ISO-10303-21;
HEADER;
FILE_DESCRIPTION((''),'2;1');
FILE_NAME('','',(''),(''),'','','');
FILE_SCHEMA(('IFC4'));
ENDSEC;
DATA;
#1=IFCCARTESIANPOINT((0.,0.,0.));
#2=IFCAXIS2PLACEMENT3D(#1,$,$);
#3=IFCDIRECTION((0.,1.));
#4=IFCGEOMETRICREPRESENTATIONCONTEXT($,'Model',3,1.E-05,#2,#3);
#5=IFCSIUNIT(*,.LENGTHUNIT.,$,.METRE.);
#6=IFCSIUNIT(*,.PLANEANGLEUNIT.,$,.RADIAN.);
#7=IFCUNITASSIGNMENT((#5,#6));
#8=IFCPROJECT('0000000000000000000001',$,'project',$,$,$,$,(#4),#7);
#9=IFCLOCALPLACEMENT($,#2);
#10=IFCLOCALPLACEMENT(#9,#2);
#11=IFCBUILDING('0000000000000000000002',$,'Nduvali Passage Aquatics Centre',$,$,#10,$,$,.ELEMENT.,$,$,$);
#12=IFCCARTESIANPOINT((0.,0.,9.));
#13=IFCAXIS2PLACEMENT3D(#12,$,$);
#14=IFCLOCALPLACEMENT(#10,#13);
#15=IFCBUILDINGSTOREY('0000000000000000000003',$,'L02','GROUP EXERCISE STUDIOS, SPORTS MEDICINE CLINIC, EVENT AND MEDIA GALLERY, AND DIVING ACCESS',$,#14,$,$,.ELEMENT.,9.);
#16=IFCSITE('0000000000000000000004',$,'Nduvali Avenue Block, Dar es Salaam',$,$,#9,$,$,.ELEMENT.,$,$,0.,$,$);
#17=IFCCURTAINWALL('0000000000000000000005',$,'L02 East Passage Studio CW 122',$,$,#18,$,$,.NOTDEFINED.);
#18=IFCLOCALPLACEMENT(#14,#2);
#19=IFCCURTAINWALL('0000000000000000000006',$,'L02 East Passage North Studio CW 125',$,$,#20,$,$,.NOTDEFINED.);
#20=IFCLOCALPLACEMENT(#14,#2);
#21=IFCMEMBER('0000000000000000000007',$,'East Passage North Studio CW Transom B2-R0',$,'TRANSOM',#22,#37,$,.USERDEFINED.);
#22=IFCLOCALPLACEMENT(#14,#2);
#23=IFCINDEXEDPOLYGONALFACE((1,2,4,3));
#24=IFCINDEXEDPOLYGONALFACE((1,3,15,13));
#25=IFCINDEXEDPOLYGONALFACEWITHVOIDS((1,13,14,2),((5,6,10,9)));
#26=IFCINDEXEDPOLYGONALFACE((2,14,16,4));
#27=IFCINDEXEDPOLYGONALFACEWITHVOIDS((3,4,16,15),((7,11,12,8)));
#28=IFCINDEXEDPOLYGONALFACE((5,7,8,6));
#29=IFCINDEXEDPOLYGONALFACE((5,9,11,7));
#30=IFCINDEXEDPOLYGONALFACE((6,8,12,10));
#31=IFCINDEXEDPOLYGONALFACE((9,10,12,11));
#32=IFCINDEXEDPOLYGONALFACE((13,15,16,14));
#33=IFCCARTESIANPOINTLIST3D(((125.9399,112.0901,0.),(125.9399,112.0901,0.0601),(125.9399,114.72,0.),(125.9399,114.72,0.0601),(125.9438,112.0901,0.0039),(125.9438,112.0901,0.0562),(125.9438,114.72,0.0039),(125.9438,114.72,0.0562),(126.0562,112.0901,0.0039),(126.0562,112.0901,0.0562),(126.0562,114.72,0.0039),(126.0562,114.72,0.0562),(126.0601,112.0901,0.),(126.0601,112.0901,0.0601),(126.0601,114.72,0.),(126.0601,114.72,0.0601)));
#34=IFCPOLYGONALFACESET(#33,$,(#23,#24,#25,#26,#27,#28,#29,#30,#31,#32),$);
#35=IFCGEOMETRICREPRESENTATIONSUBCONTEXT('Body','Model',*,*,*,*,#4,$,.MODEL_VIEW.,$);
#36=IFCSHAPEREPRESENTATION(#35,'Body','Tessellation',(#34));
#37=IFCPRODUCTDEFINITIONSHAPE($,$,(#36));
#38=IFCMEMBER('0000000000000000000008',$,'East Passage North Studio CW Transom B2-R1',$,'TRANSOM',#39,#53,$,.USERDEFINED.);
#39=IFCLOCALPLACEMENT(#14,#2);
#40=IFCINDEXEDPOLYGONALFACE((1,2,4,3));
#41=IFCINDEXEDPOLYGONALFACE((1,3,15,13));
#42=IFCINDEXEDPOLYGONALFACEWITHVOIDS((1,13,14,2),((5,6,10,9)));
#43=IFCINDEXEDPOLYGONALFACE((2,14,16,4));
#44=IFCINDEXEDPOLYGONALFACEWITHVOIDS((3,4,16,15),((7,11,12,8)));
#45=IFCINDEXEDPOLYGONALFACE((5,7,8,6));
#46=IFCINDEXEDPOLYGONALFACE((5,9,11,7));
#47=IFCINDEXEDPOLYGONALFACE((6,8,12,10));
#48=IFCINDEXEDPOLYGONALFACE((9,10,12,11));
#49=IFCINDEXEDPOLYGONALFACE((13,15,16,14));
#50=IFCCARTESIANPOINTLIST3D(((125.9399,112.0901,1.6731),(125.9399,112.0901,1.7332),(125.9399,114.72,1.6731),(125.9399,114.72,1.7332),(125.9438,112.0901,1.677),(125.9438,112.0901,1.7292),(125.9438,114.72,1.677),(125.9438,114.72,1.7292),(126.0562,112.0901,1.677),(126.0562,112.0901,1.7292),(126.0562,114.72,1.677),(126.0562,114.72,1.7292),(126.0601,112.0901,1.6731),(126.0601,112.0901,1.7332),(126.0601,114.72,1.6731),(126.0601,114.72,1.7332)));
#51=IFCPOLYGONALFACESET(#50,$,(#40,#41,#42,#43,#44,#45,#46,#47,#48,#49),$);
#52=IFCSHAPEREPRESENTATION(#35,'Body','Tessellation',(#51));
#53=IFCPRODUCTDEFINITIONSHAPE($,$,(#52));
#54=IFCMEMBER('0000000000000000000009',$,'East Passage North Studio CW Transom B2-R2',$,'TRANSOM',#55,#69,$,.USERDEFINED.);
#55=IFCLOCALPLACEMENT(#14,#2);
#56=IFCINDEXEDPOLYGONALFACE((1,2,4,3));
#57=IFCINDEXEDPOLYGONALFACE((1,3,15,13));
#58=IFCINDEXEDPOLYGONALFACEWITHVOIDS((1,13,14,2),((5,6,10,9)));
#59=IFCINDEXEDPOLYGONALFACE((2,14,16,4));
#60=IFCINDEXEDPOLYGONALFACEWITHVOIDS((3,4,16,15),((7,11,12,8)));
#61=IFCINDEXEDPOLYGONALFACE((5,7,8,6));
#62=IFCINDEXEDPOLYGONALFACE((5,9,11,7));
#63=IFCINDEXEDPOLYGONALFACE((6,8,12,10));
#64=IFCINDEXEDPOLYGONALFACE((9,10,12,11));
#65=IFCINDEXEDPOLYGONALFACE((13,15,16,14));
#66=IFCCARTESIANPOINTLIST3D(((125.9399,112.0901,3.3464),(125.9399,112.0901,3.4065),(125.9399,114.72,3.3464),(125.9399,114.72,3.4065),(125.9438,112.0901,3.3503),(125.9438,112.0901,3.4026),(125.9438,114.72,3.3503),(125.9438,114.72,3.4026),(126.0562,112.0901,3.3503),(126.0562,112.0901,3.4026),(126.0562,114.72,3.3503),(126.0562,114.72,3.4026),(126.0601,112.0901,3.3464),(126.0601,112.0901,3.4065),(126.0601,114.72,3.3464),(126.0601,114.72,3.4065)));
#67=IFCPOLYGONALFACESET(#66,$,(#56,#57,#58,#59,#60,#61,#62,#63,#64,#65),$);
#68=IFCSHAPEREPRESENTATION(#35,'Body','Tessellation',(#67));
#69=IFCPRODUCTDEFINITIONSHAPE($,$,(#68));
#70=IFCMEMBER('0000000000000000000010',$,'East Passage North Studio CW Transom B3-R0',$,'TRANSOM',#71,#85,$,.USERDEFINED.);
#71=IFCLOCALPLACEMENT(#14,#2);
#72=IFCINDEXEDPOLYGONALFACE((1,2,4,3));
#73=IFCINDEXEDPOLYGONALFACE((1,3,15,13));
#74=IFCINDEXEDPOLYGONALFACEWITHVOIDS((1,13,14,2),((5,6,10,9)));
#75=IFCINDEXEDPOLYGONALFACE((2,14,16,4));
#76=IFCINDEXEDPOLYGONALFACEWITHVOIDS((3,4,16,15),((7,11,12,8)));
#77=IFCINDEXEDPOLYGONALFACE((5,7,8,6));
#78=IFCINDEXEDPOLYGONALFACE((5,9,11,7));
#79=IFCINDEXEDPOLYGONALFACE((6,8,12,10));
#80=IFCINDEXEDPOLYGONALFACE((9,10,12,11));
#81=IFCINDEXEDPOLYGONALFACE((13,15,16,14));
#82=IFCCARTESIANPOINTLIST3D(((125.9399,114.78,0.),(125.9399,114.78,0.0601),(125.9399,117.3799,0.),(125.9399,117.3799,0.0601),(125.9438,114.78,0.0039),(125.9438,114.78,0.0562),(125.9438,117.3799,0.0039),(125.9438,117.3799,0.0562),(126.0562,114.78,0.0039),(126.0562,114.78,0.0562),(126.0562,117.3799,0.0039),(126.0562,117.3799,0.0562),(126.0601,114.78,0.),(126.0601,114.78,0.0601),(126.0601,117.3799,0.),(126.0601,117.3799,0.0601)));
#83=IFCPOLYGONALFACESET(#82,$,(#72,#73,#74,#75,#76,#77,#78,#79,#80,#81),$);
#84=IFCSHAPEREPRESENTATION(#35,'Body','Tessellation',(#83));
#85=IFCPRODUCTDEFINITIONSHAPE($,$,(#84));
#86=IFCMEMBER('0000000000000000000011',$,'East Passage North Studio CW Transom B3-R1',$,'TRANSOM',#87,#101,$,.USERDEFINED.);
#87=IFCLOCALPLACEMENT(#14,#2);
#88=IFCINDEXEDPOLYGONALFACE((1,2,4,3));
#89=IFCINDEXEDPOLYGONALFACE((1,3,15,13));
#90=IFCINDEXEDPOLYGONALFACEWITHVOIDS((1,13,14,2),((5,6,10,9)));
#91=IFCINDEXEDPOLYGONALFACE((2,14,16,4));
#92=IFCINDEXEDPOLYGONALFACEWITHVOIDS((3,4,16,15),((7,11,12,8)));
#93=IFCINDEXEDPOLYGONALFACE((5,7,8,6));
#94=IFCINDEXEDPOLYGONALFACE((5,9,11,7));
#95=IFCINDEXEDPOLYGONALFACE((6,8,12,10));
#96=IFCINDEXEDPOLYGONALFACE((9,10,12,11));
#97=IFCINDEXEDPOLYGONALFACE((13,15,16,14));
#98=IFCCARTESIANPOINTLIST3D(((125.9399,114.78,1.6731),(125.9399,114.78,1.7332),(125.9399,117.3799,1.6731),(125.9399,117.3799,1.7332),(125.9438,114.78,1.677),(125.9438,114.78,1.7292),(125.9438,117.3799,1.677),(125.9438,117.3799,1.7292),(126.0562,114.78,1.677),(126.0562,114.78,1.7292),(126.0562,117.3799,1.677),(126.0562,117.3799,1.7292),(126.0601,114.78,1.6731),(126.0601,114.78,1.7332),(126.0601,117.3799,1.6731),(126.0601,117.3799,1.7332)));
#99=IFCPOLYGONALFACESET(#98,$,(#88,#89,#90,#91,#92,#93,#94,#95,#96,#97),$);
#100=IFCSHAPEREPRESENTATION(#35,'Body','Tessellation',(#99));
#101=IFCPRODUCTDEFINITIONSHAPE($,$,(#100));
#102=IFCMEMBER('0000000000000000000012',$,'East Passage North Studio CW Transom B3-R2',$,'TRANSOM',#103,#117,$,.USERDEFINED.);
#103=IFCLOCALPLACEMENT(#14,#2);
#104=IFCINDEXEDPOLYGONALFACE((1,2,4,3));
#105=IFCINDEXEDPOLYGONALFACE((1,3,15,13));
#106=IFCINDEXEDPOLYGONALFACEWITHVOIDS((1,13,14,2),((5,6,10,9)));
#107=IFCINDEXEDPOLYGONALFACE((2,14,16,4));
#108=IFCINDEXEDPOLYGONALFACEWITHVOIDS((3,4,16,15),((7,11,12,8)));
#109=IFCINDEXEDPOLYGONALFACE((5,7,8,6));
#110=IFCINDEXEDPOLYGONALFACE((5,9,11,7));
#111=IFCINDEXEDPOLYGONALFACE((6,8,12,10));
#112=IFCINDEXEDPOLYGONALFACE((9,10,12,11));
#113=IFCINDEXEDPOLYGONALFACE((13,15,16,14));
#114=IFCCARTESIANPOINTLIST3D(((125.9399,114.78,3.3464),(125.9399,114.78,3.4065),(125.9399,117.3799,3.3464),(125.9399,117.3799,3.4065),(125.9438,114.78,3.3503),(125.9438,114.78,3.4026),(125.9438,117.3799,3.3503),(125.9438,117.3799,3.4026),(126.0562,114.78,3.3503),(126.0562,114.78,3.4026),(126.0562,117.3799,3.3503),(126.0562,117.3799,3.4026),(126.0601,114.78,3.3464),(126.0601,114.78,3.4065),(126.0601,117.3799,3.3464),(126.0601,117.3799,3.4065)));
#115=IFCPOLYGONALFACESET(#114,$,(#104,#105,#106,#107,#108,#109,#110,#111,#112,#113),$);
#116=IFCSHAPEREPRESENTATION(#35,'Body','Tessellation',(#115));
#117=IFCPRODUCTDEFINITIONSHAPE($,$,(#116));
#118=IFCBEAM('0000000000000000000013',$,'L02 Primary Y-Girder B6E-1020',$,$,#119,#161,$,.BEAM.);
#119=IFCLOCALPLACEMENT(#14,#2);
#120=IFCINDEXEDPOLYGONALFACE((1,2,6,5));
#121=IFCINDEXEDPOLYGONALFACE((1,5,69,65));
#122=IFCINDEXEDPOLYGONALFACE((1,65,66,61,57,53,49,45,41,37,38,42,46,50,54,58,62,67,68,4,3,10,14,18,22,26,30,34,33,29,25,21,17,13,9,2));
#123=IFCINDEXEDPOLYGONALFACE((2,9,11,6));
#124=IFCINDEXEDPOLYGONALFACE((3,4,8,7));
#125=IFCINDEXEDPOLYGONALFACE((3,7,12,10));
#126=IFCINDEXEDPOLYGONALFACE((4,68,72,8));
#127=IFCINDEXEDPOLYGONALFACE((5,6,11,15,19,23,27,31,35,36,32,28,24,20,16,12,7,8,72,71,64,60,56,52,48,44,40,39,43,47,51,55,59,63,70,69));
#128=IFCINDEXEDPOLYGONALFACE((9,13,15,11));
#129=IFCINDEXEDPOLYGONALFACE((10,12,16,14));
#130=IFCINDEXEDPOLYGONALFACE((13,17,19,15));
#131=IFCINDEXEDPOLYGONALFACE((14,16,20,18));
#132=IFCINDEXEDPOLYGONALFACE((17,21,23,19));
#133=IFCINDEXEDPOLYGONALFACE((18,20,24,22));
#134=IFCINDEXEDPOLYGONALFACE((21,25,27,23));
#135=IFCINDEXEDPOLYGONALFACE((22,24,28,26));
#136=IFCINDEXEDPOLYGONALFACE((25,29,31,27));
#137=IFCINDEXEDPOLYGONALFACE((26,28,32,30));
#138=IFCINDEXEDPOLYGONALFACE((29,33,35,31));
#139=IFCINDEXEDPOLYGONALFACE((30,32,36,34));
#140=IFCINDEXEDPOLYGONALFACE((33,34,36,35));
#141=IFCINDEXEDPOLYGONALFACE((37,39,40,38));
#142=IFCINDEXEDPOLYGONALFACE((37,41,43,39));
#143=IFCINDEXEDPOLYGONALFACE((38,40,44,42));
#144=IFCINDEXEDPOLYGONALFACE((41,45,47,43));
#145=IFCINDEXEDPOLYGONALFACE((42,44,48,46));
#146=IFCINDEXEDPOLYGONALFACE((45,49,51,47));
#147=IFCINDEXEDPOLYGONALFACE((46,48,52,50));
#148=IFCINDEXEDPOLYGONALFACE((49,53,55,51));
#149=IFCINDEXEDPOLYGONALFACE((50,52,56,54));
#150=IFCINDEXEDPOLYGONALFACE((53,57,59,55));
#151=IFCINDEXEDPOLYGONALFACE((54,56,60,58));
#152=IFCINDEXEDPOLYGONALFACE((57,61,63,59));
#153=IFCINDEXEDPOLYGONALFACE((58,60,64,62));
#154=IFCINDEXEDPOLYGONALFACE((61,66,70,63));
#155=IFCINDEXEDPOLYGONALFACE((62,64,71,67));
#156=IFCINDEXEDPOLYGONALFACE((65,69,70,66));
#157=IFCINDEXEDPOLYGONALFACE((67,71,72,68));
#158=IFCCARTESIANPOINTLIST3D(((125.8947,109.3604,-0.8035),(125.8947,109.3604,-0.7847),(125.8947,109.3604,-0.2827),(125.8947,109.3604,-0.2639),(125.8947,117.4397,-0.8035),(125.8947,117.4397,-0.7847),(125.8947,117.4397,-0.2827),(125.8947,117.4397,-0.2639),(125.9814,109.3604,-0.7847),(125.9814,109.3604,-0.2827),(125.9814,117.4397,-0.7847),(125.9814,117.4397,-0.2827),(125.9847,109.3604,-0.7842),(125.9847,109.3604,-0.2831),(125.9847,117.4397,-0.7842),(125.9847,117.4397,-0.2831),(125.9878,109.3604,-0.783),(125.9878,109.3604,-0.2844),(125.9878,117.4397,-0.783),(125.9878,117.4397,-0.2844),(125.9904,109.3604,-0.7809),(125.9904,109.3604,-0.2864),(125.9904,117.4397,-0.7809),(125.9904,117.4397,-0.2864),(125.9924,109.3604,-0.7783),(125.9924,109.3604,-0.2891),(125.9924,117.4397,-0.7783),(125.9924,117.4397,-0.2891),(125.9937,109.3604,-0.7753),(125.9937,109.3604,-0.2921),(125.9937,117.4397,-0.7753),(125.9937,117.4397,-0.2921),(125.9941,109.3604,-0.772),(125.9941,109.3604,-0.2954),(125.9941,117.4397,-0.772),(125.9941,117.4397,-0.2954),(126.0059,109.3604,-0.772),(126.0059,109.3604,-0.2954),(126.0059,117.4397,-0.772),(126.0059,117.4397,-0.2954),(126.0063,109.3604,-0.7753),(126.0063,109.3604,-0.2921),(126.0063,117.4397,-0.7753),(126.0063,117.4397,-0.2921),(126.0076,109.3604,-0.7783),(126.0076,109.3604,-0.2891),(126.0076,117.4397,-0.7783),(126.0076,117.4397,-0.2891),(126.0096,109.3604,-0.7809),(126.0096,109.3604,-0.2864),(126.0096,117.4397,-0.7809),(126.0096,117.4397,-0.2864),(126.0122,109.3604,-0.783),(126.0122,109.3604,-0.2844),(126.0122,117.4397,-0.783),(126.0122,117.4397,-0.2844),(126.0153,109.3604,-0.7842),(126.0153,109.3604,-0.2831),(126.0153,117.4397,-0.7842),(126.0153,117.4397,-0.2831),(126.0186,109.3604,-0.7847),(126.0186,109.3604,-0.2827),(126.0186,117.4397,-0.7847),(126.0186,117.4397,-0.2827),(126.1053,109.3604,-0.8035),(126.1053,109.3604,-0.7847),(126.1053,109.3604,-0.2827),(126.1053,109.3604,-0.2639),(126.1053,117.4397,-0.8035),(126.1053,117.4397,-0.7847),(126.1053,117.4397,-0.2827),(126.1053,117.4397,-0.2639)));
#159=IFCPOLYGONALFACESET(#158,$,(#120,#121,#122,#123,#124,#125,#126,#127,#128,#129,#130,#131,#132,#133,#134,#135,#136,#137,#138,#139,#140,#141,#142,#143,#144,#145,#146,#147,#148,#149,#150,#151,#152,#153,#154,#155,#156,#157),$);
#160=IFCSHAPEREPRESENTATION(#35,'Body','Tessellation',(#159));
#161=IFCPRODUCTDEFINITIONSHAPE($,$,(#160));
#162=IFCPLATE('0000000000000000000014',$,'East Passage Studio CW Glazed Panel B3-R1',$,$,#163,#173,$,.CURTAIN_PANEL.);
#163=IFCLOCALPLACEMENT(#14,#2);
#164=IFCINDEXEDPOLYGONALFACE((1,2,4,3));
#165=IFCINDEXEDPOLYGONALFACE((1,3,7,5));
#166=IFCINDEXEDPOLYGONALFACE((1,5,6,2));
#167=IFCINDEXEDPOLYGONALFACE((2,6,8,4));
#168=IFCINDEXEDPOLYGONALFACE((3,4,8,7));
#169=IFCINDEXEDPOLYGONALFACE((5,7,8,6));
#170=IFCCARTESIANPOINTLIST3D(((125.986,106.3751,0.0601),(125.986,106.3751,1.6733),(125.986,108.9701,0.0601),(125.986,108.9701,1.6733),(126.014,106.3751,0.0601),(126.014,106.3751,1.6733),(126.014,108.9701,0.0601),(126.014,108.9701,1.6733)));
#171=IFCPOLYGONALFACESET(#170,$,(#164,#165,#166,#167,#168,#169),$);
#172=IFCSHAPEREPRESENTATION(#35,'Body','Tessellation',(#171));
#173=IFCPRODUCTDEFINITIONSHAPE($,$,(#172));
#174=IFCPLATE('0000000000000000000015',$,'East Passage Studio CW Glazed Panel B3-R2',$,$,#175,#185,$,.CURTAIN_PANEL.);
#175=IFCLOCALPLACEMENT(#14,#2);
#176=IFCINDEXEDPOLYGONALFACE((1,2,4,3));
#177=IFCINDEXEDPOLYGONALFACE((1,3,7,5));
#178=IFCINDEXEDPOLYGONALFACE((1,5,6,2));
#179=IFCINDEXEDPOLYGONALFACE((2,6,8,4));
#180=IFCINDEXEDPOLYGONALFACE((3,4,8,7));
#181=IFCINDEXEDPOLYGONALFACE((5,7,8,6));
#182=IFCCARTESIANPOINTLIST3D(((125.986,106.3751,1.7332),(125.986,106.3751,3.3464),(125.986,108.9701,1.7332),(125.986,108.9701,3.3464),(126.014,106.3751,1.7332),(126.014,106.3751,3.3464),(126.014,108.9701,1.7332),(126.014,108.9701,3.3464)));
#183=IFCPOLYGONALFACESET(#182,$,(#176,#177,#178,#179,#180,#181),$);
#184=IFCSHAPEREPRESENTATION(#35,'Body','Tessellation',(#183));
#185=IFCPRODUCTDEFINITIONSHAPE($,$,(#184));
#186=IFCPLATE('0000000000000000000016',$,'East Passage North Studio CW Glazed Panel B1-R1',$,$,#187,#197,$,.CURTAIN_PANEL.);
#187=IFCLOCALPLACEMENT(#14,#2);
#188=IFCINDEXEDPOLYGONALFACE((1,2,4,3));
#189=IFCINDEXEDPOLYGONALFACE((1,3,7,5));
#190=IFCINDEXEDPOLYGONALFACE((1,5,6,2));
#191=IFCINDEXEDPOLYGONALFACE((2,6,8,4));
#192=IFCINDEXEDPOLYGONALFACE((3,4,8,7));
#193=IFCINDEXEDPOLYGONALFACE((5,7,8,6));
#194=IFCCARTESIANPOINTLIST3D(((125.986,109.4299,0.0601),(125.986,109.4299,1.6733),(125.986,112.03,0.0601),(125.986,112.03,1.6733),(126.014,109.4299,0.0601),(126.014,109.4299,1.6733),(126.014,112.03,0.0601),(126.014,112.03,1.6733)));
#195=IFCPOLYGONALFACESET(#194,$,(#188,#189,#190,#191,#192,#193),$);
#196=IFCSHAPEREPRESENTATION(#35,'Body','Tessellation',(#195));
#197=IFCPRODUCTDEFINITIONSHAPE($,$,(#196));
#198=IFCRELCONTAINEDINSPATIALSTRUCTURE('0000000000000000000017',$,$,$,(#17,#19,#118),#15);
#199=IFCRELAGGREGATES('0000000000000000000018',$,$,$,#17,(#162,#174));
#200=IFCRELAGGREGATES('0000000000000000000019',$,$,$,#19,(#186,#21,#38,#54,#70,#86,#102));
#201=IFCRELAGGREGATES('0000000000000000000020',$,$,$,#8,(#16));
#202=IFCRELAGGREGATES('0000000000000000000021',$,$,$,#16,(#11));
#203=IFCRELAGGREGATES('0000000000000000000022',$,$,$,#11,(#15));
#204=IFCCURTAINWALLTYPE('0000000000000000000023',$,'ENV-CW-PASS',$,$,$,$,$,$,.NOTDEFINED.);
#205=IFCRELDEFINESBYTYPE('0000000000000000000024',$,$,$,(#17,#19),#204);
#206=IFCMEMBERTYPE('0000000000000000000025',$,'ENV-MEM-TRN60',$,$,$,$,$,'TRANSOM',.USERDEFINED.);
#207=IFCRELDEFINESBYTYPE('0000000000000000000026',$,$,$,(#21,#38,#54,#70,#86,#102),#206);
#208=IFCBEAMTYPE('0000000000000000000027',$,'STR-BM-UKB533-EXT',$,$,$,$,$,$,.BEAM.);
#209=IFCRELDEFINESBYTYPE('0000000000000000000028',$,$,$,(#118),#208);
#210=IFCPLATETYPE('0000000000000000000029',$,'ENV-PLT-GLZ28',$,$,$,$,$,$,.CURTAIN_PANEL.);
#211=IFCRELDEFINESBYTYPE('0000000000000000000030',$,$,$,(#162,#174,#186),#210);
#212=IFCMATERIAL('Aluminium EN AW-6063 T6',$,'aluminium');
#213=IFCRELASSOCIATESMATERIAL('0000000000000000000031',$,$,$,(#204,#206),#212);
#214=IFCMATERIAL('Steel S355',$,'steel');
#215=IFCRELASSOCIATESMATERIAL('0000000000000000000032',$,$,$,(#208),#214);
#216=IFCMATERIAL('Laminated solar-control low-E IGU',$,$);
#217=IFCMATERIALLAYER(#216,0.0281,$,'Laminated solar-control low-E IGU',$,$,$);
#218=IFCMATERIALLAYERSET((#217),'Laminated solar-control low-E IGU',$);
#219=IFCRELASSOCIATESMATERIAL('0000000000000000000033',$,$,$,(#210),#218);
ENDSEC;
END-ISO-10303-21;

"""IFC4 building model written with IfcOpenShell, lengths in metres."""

from ifc_helpers import new_model, si_unit, direction, frame, origin, origin_2d, place, context, subcontext, project, spatial, rectangle, hollow_rectangle, i_section, extrude, material, layer, layer_set, material_profile, profile_set, type_object, element, aggregate, save


model = new_model("IFC4")

# Units and contexts
model_context = context("Model", 3, precision=1e-05, world=origin(), true_north=direction((0.0, 1.0)))
body_context = subcontext(model_context, "Body", "Model", "MODEL_VIEW")
ifc_project = project(units=[si_unit("LENGTHUNIT", "METRE"), si_unit("PLANEANGLEUNIT", "RADIAN")], contexts=[model_context])

# Site, building, storey
site_placement = place(None, origin())
site = spatial("IfcSite", under=ifc_project, at=site_placement, Name="Nduvali Avenue Block, Dar es Salaam", CompositionType="ELEMENT", RefElevation=0.0)
building_placement = place(site_placement, origin())
building = spatial("IfcBuilding", under=site, at=building_placement, Name="Nduvali Passage Aquatics Centre", CompositionType="ELEMENT")
storey_placement = place(building_placement, frame((0.0, 0.0, 9.0)))
storey = spatial("IfcBuildingStorey", under=building, at=storey_placement, Name="L02", Description="GROUP EXERCISE STUDIOS, SPORTS MEDICINE CLINIC, EVENT AND MEDIA GALLERY, AND DIVING ACCESS", CompositionType="ELEMENT", Elevation=9.0)

# Shared definitions
ifc_material_1 = material(Name="Steel S355", Category="steel")

# Curtain wall
ifc_material_2 = material(Name="Aluminium EN AW-6063 T6", Category="aluminium")
curtain_wall_type = type_object("IfcCurtainWallType", Name="ENV-CW-PASS", PredefinedType="NOTDEFINED", material=ifc_material_2)
curtain_wall_1_placement = place(storey_placement, origin())
curtain_wall_1 = element("IfcCurtainWall", 1, at=curtain_wall_1_placement, inside=storey, type_object=curtain_wall_type, Name="L02 East Passage Studio CW 122", PredefinedType="NOTDEFINED")

# Curtain wall
curtain_wall_2_placement = place(storey_placement, origin())
curtain_wall_2 = element("IfcCurtainWall", 2, at=curtain_wall_2_placement, inside=storey, type_object=curtain_wall_type, Name="L02 East Passage North Studio CW 125", PredefinedType="NOTDEFINED")

# Members
ifc_material_profile_1 = material_profile(ifc_material_2, hollow_rectangle(XDim=0.1201, YDim=0.0601, WallThickness=0.0039, at=origin_2d()), Name="ALU TRANSOM 120x60x4")
ifc_profile_set_1 = profile_set([ifc_material_profile_1], Name="Aluminium EN AW-6063 T6")
member_type_1 = type_object("IfcMemberType", Name="ENV-MEM-TRN60", ElementType="TRANSOM", PredefinedType="USERDEFINED", material=ifc_profile_set_1)
member_1_placement = place(storey_placement, frame((126.0, 112.0901, 0.03), z_axis=(0.0, 1.0, 0.0), x_axis=(-1.0, 0.0, 0.0)))
member_1 = element("IfcMember", 3, at=member_1_placement, type_object=member_type_1, Name="East Passage North Studio CW Transom B2-R0", ObjectType="TRANSOM", PredefinedType="USERDEFINED", context=body_context, shape_type="SweptSolid", body=[
    extrude(hollow_rectangle(XDim=0.1201, YDim=0.0601, WallThickness=0.0039, at=origin_2d()), origin(), (0.0, 0.0, 1.0), 2.6299),
])
member_2_placement = place(storey_placement, frame((126.0, 112.0901, 1.7031), z_axis=(0.0, 1.0, 0.0), x_axis=(-1.0, 0.0, 0.0)))
member_2 = element("IfcMember", 4, at=member_2_placement, type_object=member_type_1, Name="East Passage North Studio CW Transom B2-R1", ObjectType="TRANSOM", PredefinedType="USERDEFINED", context=body_context, shape_type="SweptSolid", body=[
    extrude(hollow_rectangle(XDim=0.1201, YDim=0.0601, WallThickness=0.0039, at=origin_2d()), origin(), (0.0, 0.0, 1.0), 2.6299),
])
member_3_placement = place(storey_placement, frame((126.0, 112.0901, 3.3765), z_axis=(0.0, 1.0, 0.0), x_axis=(-1.0, 0.0, 0.0)))
member_3 = element("IfcMember", 5, at=member_3_placement, type_object=member_type_1, Name="East Passage North Studio CW Transom B2-R2", ObjectType="TRANSOM", PredefinedType="USERDEFINED", context=body_context, shape_type="SweptSolid", body=[
    extrude(hollow_rectangle(XDim=0.1201, YDim=0.0601, WallThickness=0.0039, at=origin_2d()), origin(), (0.0, 0.0, 1.0), 2.6299),
])
member_4_placement = place(storey_placement, frame((126.0, 114.78, 0.03), z_axis=(0.0, 1.0, 0.0), x_axis=(-1.0, 0.0, 0.0)))
member_4 = element("IfcMember", 6, at=member_4_placement, type_object=member_type_1, Name="East Passage North Studio CW Transom B3-R0", ObjectType="TRANSOM", PredefinedType="USERDEFINED", context=body_context, shape_type="SweptSolid", body=[
    extrude(hollow_rectangle(XDim=0.1201, YDim=0.0601, WallThickness=0.0039, at=origin_2d()), origin(), (0.0, 0.0, 1.0), 2.5999),
])
member_5_placement = place(storey_placement, frame((126.0, 114.78, 1.7031), z_axis=(0.0, 1.0, 0.0), x_axis=(-1.0, 0.0, 0.0)))
member_5 = element("IfcMember", 7, at=member_5_placement, type_object=member_type_1, Name="East Passage North Studio CW Transom B3-R1", ObjectType="TRANSOM", PredefinedType="USERDEFINED", context=body_context, shape_type="SweptSolid", body=[
    extrude(hollow_rectangle(XDim=0.1201, YDim=0.0601, WallThickness=0.0039, at=origin_2d()), origin(), (0.0, 0.0, 1.0), 2.5999),
])
member_6_placement = place(storey_placement, frame((126.0, 114.78, 3.3765), z_axis=(0.0, 1.0, 0.0), x_axis=(-1.0, 0.0, 0.0)))
member_6 = element("IfcMember", 8, at=member_6_placement, type_object=member_type_1, Name="East Passage North Studio CW Transom B3-R2", ObjectType="TRANSOM", PredefinedType="USERDEFINED", context=body_context, shape_type="SweptSolid", body=[
    extrude(hollow_rectangle(XDim=0.1201, YDim=0.0601, WallThickness=0.0039, at=origin_2d()), origin(), (0.0, 0.0, 1.0), 2.5999),
])

# Beam
ifc_material_profile_2 = material_profile(ifc_material_1, i_section(OverallWidth=0.2107, OverallDepth=0.5396, WebThickness=0.0117, FlangeThickness=0.0188, FilletRadius=0.0127, at=origin_2d()), Name="UKB 533x210x109")
ifc_profile_set_2 = profile_set([ifc_material_profile_2], Name="Steel S355")
beam_type = type_object("IfcBeamType", Name="STR-BM-UKB533-EXT", PredefinedType="BEAM", material=ifc_profile_set_2)
beam_placement = place(storey_placement, frame((126.0, 109.3604, -0.5337), z_axis=(0.0, 1.0, 0.0), x_axis=(-1.0, 0.0, 0.0)))
element("IfcBeam", 9, at=beam_placement, inside=storey, type_object=beam_type, Name="L02 Primary Y-Girder B6E-1020", PredefinedType="BEAM", context=body_context, shape_type="SweptSolid", body=[
    extrude(i_section(OverallWidth=0.2107, OverallDepth=0.5396, WebThickness=0.0117, FlangeThickness=0.0188, FilletRadius=0.0127, at=origin_2d()), origin(), (0.0, 0.0, 1.0), 8.0793),
])

# Plates
ifc_material_3 = material(Name="Laminated solar-control low-E IGU")
ifc_layer = layer(ifc_material_3, 0.0281, Name="Laminated solar-control low-E IGU")
ifc_layer_set = layer_set([ifc_layer], Name="Laminated solar-control low-E IGU")
plate_type = type_object("IfcPlateType", Name="ENV-PLT-GLZ28", PredefinedType="CURTAIN_PANEL", material=ifc_layer_set)
plate_1_placement = place(storey_placement, frame((126.0, 107.6726, 0.0601), z_axis=(0.0, 0.0, 1.0), x_axis=(0.0, 1.0, 0.0)))
plate_1 = element("IfcPlate", 10, at=plate_1_placement, type_object=plate_type, Name="East Passage Studio CW Glazed Panel B3-R1", PredefinedType="CURTAIN_PANEL", context=body_context, shape_type="SweptSolid", body=[
    extrude(rectangle(XDim=2.595, YDim=0.0281, at=origin_2d()), origin(), (0.0, 0.0, 1.0), 1.6133),
])
plate_2_placement = place(storey_placement, frame((126.0, 107.6726, 1.7332), z_axis=(0.0, 0.0, 1.0), x_axis=(0.0, 1.0, 0.0)))
plate_2 = element("IfcPlate", 11, at=plate_2_placement, type_object=plate_type, Name="East Passage Studio CW Glazed Panel B3-R2", PredefinedType="CURTAIN_PANEL", context=body_context, shape_type="SweptSolid", body=[
    extrude(rectangle(XDim=2.595, YDim=0.0281, at=origin_2d()), origin(), (0.0, 0.0, 1.0), 1.6133),
])
aggregate(curtain_wall_1, [plate_1, plate_2])
plate_3_placement = place(storey_placement, frame((126.0, 110.73, 0.0601), z_axis=(0.0, 0.0, 1.0), x_axis=(0.0, 1.0, 0.0)))
plate_3 = element("IfcPlate", 12, at=plate_3_placement, type_object=plate_type, Name="East Passage North Studio CW Glazed Panel B1-R1", PredefinedType="CURTAIN_PANEL", context=body_context, shape_type="SweptSolid", body=[
    extrude(rectangle(XDim=2.6001, YDim=0.0281, at=origin_2d()), origin(), (0.0, 0.0, 1.0), 1.6133),
])
aggregate(curtain_wall_2, [plate_3, member_1, member_2, member_3, member_4, member_5, member_6])

save(model, "model.ifc")
